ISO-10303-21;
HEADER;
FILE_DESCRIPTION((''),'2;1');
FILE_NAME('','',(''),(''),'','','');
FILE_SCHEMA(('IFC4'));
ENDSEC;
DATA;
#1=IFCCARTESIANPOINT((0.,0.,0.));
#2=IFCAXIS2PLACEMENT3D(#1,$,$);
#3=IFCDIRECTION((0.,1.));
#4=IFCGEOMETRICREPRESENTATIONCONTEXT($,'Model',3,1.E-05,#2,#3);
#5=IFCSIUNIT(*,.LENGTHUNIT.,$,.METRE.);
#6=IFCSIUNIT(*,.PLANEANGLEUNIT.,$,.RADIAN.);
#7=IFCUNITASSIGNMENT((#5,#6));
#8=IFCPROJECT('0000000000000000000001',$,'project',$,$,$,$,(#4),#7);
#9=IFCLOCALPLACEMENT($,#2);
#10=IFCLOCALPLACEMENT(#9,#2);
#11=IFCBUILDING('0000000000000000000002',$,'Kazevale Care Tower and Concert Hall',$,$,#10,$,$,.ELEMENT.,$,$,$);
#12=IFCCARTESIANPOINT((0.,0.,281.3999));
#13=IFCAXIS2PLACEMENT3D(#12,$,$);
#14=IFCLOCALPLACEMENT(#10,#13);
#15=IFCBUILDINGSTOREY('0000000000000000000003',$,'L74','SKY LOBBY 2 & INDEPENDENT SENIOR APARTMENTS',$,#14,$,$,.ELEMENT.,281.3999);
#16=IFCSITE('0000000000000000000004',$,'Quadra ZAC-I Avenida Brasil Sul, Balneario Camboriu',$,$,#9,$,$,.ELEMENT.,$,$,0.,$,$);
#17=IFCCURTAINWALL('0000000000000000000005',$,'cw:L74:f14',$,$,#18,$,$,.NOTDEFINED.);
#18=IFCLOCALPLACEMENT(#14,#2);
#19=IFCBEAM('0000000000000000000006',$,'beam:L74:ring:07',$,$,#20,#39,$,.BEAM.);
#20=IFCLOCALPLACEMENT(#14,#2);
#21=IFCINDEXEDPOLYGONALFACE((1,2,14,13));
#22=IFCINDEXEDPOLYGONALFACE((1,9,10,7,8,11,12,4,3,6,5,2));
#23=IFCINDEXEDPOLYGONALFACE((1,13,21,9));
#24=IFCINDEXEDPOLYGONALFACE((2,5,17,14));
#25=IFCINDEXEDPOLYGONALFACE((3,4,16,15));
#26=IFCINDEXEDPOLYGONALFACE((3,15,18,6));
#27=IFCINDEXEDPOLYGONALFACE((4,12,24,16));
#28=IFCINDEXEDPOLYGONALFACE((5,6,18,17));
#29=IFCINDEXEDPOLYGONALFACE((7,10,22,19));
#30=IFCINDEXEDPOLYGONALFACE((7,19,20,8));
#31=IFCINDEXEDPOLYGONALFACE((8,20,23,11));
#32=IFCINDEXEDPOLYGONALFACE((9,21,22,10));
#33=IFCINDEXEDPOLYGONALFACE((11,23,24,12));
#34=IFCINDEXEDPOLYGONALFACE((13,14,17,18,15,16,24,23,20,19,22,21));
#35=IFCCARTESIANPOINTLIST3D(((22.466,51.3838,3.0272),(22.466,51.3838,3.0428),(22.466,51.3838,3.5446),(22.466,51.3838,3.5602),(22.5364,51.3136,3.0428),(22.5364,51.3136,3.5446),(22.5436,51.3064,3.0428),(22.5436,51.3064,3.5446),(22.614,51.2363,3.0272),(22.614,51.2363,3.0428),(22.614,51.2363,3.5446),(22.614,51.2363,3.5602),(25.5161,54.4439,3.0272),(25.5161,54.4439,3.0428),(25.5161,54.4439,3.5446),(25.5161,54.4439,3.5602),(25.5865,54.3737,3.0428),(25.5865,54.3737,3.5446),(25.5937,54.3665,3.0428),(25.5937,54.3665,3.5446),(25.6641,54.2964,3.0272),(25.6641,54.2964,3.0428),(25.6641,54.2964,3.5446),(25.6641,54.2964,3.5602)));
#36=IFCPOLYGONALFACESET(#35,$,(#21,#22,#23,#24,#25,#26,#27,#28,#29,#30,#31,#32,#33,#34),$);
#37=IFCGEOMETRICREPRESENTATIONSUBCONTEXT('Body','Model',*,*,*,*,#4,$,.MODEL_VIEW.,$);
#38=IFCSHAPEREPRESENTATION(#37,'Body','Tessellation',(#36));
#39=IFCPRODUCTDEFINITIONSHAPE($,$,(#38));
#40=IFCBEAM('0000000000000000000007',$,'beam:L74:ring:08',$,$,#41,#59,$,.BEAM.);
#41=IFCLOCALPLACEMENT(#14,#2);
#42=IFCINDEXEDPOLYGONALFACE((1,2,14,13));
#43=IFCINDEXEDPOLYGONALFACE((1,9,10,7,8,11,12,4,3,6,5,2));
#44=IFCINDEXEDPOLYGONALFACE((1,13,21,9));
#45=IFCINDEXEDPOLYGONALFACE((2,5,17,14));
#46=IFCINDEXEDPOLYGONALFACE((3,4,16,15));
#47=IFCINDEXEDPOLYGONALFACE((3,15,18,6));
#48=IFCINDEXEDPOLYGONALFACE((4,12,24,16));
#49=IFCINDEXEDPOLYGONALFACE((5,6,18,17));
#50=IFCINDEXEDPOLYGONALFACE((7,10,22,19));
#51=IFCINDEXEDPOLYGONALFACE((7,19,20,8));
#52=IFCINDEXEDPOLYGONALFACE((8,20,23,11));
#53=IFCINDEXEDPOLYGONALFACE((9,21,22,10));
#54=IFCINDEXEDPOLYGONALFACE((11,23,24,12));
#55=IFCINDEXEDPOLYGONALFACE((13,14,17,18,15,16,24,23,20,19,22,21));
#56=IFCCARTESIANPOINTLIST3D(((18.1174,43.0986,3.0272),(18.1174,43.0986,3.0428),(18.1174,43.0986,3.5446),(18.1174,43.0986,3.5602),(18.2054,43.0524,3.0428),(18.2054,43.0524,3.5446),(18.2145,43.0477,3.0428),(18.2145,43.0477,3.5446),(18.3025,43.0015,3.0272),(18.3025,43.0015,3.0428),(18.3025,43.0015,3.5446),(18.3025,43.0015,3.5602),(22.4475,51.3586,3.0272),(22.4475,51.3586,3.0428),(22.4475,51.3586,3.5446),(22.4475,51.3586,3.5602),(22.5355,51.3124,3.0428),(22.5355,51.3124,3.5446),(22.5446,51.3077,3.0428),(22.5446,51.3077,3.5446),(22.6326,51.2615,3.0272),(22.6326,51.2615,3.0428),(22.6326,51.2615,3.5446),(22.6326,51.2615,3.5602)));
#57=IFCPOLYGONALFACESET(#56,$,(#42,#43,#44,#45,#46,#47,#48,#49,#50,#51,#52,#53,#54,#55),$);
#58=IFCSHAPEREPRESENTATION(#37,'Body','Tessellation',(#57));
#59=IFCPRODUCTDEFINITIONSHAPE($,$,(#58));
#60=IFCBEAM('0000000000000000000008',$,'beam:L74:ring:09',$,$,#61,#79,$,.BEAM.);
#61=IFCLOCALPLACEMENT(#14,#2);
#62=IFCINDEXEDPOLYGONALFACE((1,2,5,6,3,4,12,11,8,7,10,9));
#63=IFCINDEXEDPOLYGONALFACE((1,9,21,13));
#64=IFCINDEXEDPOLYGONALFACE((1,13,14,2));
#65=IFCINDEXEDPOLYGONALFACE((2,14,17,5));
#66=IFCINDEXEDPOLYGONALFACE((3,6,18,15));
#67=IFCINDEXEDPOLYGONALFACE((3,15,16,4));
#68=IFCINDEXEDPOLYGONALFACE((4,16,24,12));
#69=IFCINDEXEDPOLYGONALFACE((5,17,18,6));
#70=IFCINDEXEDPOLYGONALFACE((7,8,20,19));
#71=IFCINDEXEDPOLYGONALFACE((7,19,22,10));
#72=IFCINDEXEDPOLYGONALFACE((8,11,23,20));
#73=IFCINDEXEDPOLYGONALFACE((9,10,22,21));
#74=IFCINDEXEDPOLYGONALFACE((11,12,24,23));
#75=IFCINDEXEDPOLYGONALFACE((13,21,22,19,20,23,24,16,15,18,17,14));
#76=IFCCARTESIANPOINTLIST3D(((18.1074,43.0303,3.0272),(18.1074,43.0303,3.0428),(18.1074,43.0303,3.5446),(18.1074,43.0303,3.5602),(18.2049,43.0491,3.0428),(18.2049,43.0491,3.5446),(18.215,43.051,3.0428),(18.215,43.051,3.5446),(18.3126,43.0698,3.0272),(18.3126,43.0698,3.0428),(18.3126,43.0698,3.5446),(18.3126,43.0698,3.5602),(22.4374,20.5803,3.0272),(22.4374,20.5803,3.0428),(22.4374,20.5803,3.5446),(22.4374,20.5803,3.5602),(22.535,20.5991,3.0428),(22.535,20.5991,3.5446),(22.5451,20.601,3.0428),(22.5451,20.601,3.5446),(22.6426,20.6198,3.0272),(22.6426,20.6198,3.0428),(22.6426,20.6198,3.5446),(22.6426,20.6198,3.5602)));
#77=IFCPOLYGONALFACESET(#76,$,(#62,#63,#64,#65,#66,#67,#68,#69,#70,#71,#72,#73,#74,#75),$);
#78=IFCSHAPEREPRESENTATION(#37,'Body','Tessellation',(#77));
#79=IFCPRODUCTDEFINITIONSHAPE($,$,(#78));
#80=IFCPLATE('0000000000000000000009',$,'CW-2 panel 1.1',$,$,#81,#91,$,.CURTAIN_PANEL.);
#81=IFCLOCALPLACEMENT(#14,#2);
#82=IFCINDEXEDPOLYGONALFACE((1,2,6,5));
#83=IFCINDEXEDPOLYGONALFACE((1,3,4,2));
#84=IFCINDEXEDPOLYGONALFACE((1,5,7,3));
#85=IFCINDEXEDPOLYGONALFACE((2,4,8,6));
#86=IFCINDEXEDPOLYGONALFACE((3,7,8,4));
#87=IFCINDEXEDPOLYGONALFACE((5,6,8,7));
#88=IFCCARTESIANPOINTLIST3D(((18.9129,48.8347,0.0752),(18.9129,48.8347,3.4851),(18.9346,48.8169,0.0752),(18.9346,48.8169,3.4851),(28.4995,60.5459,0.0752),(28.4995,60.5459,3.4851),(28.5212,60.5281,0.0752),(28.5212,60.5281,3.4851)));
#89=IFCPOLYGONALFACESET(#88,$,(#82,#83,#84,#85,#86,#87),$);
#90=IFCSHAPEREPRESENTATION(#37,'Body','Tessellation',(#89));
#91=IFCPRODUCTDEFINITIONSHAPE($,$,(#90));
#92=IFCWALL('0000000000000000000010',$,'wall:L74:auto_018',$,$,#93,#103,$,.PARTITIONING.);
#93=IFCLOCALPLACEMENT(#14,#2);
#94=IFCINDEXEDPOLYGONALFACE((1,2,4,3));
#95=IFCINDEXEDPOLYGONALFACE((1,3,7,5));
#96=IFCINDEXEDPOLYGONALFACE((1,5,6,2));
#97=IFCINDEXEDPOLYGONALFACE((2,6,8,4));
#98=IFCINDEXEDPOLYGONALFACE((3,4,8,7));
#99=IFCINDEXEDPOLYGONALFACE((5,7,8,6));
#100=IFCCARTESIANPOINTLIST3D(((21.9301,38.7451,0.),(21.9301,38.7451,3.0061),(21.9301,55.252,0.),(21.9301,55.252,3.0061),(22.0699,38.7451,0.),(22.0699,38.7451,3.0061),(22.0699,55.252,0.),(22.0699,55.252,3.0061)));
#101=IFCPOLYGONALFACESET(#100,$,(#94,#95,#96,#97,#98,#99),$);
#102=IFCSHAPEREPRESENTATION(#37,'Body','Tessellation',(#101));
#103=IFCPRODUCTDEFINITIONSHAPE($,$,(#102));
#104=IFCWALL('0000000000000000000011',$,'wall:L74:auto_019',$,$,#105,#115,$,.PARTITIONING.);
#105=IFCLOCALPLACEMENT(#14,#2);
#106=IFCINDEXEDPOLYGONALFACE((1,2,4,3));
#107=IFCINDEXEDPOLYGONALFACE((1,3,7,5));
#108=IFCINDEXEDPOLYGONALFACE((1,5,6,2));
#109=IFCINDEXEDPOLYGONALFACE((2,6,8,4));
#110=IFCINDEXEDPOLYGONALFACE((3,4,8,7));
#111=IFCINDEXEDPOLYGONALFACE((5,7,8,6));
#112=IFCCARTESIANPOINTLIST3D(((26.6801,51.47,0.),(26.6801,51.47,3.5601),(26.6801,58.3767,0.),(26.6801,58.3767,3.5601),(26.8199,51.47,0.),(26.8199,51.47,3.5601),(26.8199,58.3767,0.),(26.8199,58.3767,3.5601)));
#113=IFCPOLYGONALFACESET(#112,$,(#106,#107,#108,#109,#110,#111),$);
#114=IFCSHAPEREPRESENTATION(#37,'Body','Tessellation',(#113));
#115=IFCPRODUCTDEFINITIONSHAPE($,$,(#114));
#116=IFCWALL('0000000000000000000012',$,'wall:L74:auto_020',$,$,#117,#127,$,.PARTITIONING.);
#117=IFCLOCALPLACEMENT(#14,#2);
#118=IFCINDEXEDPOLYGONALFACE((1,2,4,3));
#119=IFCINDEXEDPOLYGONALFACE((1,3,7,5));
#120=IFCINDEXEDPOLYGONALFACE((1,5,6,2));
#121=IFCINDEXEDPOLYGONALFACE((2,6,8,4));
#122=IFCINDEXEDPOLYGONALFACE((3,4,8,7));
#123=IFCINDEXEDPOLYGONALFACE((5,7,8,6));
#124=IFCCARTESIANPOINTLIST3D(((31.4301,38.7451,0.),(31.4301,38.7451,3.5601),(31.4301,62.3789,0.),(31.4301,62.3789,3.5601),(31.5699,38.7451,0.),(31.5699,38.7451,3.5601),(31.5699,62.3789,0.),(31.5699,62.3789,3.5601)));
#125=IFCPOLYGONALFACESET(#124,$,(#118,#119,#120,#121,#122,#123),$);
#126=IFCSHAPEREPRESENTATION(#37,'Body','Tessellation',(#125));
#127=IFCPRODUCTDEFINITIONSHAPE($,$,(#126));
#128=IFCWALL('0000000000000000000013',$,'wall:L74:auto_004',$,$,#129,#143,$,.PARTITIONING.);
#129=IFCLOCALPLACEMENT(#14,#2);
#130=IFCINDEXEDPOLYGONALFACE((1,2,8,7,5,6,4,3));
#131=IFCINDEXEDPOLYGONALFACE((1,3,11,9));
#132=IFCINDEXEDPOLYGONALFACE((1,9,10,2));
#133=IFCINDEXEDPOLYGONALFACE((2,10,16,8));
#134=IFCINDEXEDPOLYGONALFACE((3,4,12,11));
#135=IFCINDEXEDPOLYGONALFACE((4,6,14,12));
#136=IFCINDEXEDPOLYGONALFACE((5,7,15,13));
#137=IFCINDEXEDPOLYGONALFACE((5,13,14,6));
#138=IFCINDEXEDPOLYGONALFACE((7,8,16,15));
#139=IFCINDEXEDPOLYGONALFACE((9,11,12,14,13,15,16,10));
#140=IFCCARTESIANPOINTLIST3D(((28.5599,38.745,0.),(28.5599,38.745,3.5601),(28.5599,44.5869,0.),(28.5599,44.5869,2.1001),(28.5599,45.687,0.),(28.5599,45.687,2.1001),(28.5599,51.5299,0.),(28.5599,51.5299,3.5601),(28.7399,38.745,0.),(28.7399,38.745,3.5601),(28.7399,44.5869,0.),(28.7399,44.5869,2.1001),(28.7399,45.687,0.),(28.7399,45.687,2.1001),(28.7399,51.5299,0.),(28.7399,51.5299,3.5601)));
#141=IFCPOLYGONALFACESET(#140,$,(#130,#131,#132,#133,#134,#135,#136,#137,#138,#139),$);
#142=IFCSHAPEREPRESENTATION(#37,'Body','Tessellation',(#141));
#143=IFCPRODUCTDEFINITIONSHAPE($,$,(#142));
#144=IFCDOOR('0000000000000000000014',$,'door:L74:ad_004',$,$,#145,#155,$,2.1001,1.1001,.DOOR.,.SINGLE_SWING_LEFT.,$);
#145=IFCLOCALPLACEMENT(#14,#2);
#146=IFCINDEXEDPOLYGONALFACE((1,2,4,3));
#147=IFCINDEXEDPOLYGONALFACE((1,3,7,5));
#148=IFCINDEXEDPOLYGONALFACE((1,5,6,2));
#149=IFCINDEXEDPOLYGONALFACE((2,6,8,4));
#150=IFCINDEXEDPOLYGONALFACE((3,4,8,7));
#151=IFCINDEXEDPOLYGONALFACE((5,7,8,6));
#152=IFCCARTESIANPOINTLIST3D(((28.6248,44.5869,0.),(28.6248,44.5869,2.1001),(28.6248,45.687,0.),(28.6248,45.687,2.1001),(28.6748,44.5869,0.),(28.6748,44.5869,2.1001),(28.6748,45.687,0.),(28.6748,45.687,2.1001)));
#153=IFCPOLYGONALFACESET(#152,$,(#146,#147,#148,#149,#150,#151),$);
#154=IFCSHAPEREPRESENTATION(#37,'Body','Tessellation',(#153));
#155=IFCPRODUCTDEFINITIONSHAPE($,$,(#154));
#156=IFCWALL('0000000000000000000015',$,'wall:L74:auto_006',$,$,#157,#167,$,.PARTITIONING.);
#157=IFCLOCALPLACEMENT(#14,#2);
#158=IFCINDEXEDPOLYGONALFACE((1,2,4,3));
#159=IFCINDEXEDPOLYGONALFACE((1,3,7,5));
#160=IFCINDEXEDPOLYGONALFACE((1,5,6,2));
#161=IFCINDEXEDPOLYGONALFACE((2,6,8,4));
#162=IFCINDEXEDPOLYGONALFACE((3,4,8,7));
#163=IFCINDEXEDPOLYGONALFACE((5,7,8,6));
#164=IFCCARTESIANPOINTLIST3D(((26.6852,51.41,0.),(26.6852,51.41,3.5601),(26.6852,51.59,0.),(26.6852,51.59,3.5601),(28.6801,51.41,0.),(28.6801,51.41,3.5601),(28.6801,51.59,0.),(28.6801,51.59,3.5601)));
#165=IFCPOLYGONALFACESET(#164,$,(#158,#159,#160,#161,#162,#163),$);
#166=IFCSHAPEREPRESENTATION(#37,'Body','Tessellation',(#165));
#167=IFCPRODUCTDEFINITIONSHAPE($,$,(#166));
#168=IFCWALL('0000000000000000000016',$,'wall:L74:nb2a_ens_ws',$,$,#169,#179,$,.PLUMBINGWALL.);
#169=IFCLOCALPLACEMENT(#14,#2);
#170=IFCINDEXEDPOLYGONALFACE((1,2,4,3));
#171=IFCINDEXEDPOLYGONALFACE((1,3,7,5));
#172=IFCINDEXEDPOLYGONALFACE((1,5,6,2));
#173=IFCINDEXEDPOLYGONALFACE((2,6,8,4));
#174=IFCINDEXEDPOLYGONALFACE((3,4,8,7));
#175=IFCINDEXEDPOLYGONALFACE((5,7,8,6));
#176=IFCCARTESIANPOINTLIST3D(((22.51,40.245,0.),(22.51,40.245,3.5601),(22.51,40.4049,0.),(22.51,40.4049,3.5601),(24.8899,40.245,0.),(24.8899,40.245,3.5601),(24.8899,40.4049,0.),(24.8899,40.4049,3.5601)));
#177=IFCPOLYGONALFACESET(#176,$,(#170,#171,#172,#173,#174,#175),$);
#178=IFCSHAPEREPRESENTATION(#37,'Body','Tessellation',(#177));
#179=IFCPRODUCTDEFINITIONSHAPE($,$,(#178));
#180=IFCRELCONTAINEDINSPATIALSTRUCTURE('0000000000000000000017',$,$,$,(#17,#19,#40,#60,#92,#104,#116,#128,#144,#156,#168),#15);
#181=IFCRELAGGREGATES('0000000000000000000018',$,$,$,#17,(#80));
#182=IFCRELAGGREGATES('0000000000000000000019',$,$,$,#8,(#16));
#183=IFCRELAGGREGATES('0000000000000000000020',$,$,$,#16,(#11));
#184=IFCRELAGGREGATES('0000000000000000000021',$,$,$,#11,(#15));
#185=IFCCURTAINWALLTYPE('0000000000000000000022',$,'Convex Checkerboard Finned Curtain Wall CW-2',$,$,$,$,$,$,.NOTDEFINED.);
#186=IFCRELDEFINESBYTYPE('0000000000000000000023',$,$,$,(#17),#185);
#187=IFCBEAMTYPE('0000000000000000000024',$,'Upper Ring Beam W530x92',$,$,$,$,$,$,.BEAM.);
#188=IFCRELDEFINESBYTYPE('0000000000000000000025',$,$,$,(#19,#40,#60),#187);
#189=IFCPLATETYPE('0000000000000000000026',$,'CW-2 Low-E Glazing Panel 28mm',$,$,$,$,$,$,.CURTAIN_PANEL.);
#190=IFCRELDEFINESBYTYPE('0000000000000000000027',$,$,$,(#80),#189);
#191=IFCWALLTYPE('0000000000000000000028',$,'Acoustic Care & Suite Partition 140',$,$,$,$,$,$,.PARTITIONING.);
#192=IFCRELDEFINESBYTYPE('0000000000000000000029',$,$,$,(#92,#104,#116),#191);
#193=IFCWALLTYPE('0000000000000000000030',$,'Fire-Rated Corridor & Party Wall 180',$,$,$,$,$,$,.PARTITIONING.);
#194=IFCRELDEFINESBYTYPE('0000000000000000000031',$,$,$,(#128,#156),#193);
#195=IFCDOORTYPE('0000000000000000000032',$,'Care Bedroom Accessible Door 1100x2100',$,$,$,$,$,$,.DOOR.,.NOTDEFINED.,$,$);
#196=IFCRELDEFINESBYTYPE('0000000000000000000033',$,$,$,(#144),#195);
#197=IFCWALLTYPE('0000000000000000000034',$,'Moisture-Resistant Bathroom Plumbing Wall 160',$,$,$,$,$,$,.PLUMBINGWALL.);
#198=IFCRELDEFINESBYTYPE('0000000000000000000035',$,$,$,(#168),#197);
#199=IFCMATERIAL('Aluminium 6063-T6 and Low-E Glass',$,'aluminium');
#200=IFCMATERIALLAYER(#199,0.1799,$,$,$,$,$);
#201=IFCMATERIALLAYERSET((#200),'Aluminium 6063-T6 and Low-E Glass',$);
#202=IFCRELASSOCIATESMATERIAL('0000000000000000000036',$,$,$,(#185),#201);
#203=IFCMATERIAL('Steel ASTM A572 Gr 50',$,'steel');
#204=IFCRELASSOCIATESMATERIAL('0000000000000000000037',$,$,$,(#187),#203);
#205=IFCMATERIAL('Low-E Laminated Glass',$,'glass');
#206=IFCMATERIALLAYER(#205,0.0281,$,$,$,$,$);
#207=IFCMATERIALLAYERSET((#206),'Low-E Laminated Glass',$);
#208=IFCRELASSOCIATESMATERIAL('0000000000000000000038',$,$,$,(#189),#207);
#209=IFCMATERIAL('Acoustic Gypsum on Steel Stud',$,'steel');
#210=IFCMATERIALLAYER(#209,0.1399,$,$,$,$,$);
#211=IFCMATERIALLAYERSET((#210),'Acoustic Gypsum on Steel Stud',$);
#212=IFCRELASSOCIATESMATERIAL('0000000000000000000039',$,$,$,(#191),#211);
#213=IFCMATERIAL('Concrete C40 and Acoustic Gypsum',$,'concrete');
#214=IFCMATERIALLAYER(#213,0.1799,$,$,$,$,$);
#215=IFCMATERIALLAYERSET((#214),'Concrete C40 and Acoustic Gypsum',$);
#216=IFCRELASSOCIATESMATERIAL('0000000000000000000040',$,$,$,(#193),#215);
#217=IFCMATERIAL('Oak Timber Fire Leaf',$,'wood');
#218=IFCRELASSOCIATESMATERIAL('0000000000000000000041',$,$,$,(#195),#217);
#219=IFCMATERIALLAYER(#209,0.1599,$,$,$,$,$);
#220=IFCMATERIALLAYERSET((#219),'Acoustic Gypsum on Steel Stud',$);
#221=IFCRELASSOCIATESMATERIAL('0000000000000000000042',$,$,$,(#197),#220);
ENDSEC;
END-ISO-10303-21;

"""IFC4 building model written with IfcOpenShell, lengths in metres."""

from ifc_helpers import new_model, si_unit, direction, frame, frame_2d, origin, origin_2d, place, context, subcontext, project, spatial, rectangle, i_section, extrude, material, layer, layer_set, material_profile, profile_set, type_object, element, fill, aggregate, save


model = new_model("IFC4")

# Units and contexts
model_context = context("Model", 3, precision=1e-05, world=origin(), true_north=direction((0.0, 1.0)))
body_context = subcontext(model_context, "Body", "Model", "MODEL_VIEW")
ifc_project = project(units=[si_unit("LENGTHUNIT", "METRE"), si_unit("PLANEANGLEUNIT", "RADIAN")], contexts=[model_context])

# Site, building, storey
site_placement = place(None, origin())
site = spatial("IfcSite", under=ifc_project, at=site_placement, Name="Quadra ZAC-I Avenida Brasil Sul, Balneario Camboriu", CompositionType="ELEMENT", RefElevation=0.0)
building_placement = place(site_placement, origin())
building = spatial("IfcBuilding", under=site, at=building_placement, Name="Kazevale Care Tower and Concert Hall", CompositionType="ELEMENT")
storey_placement = place(building_placement, frame((0.0, 0.0, 281.3999)))
storey = spatial("IfcBuildingStorey", under=building, at=storey_placement, Name="L74", Description="SKY LOBBY 2 & INDEPENDENT SENIOR APARTMENTS", CompositionType="ELEMENT", Elevation=281.3999)

# Curtain wall
ifc_material_1 = material(Name="Aluminium 6063-T6 and Low-E Glass", Category="aluminium")
ifc_layer_1 = layer(ifc_material_1, 0.1799)
ifc_layer_set_1 = layer_set([ifc_layer_1], Name="Aluminium 6063-T6 and Low-E Glass")
curtain_wall_type_1 = type_object("IfcCurtainWallType", Name="Convex Checkerboard Finned Curtain Wall CW-2", PredefinedType="NOTDEFINED", material=ifc_layer_set_1)
curtain_wall_1_placement = place(storey_placement, origin())
curtain_wall_1 = element("IfcCurtainWall", 1, at=curtain_wall_1_placement, inside=storey, type_object=curtain_wall_type_1, Name="cw:L74:f14", PredefinedType="NOTDEFINED")

# Beams
ifc_material_2 = material(Name="Steel ASTM A572 Gr 50", Category="steel")
ifc_material_profile_1 = material_profile(ifc_material_2, i_section(OverallWidth=0.209, OverallDepth=0.533, WebThickness=0.0103, FlangeThickness=0.0156, at=origin_2d()), Name="W530x92")
ifc_profile_set_1 = profile_set([ifc_material_profile_1], Name="Steel ASTM A572 Gr 50")
beam_type_1 = type_object("IfcBeamType", Name="Upper Ring Beam W530x92", PredefinedType="BEAM", material=ifc_profile_set_1)
beam_1_placement = place(storey_placement, frame((25.5901, 54.3701, 3.2937), z_axis=(-0.705947, -0.708264, 0.0), x_axis=(0.708264, -0.705947, 0.0)))
element("IfcBeam", 2, at=beam_1_placement, inside=storey, type_object=beam_type_1, Name="beam:L74:ring:07", PredefinedType="BEAM", context=body_context, shape_type="SweptSolid", body=[
    extrude(i_section(OverallWidth=0.209, OverallDepth=0.533, WebThickness=0.0103, FlangeThickness=0.0156, at=origin_2d()), origin(), (0.0, 0.0, 1.0), 4.3206),
])
beam_2_placement = place(storey_placement, frame((22.54, 51.3101, 3.2937), z_axis=(-0.464294, -0.885681, 0.0), x_axis=(0.885681, -0.464294, 0.0)))
element("IfcBeam", 3, at=beam_2_placement, inside=storey, type_object=beam_type_1, Name="beam:L74:ring:08", PredefinedType="BEAM", context=body_context, shape_type="SweptSolid", body=[
    extrude(i_section(OverallWidth=0.209, OverallDepth=0.533, WebThickness=0.0103, FlangeThickness=0.0156, at=origin_2d()), origin(), (0.0, 0.0, 1.0), 9.3262),
])
beam_3_placement = place(storey_placement, frame((18.21, 43.05, 3.2937), z_axis=(0.189386, -0.981903, 0.0), x_axis=(0.981903, 0.189386, 0.0)))
element("IfcBeam", 4, at=beam_3_placement, inside=storey, type_object=beam_type_1, Name="beam:L74:ring:09", PredefinedType="BEAM", context=body_context, shape_type="SweptSolid", body=[
    extrude(i_section(OverallWidth=0.209, OverallDepth=0.533, WebThickness=0.0103, FlangeThickness=0.0156, at=origin_2d()), origin(), (0.0, 0.0, 1.0), 22.8638),
])

# Plate
ifc_material_3 = material(Name="Low-E Laminated Glass", Category="glass")
ifc_layer_2 = layer(ifc_material_3, 0.0281)
ifc_layer_set_2 = layer_set([ifc_layer_2], Name="Low-E Laminated Glass")
plate_type = type_object("IfcPlateType", Name="CW-2 Low-E Glazing Panel 28mm", PredefinedType="CURTAIN_PANEL", material=ifc_layer_set_2)
plate_placement = place(storey_placement, frame((23.717, 54.6814, 0.0752), z_axis=(0.0, 0.0, 1.0), x_axis=(0.633426, 0.773803, 0.0)))
plate = element("IfcPlate", 5, at=plate_placement, type_object=plate_type, Name="CW-2 panel 1.1", PredefinedType="CURTAIN_PANEL", context=body_context, shape_type="SweptSolid", body=[
    extrude(rectangle(XDim=15.1345, YDim=0.0281, at=origin_2d()), origin(), (0.0, 0.0, 1.0), 3.4099),
])
aggregate(curtain_wall_1, [plate])

# Walls
ifc_material_4 = material(Name="Acoustic Gypsum on Steel Stud", Category="steel")
ifc_layer_3 = layer(ifc_material_4, 0.1399)
ifc_layer_set_3 = layer_set([ifc_layer_3], Name="Acoustic Gypsum on Steel Stud")
wall_type_1 = type_object("IfcWallType", Name="Acoustic Care & Suite Partition 140", PredefinedType="PARTITIONING", material=ifc_layer_set_3)
wall_1_placement = place(storey_placement, frame((22.0, 55.252, 0.0), z_axis=(0.0, 0.0, 1.0), x_axis=(0.0, -1.0, 0.0)))
element("IfcWall", 6, at=wall_1_placement, inside=storey, type_object=wall_type_1, Name="wall:L74:auto_018", PredefinedType="PARTITIONING", context=body_context, shape_type="SweptSolid", body=[
    extrude(rectangle(XDim=16.5068, YDim=0.1399, at=frame_2d((8.2534, 0.0))), origin(), (0.0, 0.0, 1.0), 3.0061),
])
wall_2_placement = place(storey_placement, frame((26.75, 58.3767, 0.0), z_axis=(0.0, 0.0, 1.0), x_axis=(0.0, -1.0, 0.0)))
element("IfcWall", 7, at=wall_2_placement, inside=storey, type_object=wall_type_1, Name="wall:L74:auto_019", PredefinedType="PARTITIONING", context=body_context, shape_type="SweptSolid", body=[
    extrude(rectangle(XDim=6.9067, YDim=0.1399, at=frame_2d((3.4534, 0.0))), origin(), (0.0, 0.0, 1.0), 3.5601),
])
wall_3_placement = place(storey_placement, frame((31.5, 62.3789, 0.0), z_axis=(0.0, 0.0, 1.0), x_axis=(0.0, -1.0, 0.0)))
element("IfcWall", 8, at=wall_3_placement, inside=storey, type_object=wall_type_1, Name="wall:L74:auto_020", PredefinedType="PARTITIONING", context=body_context, shape_type="SweptSolid", body=[
    extrude(rectangle(XDim=23.6338, YDim=0.1399, at=frame_2d((11.8169, 0.0))), origin(), (0.0, 0.0, 1.0), 3.5601),
])

# Wall, opening, door
ifc_material_5 = material(Name="Concrete C40 and Acoustic Gypsum", Category="concrete")
ifc_layer_4 = layer(ifc_material_5, 0.1799)
ifc_layer_set_4 = layer_set([ifc_layer_4], Name="Concrete C40 and Acoustic Gypsum")
wall_type_2 = type_object("IfcWallType", Name="Fire-Rated Corridor & Party Wall 180", PredefinedType="PARTITIONING", material=ifc_layer_set_4)
wall_4_placement = place(storey_placement, frame((28.6499, 51.53, 0.0), z_axis=(0.0, 0.0, 1.0), x_axis=(0.0, -1.0, 0.0)))
wall_4 = element("IfcWall", 9, at=wall_4_placement, inside=storey, type_object=wall_type_2, Name="wall:L74:auto_004", PredefinedType="PARTITIONING", context=body_context, shape_type="SweptSolid", body=[
    extrude(rectangle(XDim=12.7849, YDim=0.1799, at=frame_2d((6.3926, 0.0))), origin(), (0.0, 0.0, 1.0), 3.5601),
])
opening_1_placement = place(wall_4_placement, frame((5.843, 0.0, 0.0)))
opening_1 = element("IfcOpeningElement", 10, at=opening_1_placement, cuts=wall_4, PredefinedType="OPENING", context=body_context, shape_type="SweptSolid", body=[
    extrude(rectangle(XDim=1.1001, YDim=2.1001, at=frame_2d((0.55, 1.05))), frame((0.0, 0.0999, 0.0), z_axis=(0.0, -1.0, 0.0), x_axis=(1.0, 0.0, 0.0)), (0.0, 0.0, 1.0), 0.2),
])
ifc_material_6 = material(Name="Oak Timber Fire Leaf", Category="wood")
door_type_1 = type_object("IfcDoorType", Name="Care Bedroom Accessible Door 1100x2100", OperationType="NOTDEFINED", PredefinedType="DOOR", material=ifc_material_6)
door_1_placement = place(opening_1_placement, origin())
door_1 = element("IfcDoor", 11, at=door_1_placement, inside=storey, type_object=door_type_1, Name="door:L74:ad_004", OperationType="SINGLE_SWING_LEFT", OverallHeight=2.1001, OverallWidth=1.1001, PredefinedType="DOOR", context=body_context, shape_type="SweptSolid", body=[
    extrude(rectangle(XDim=1.1001, YDim=2.1001, at=frame_2d((0.55, 1.05))), frame((0.0, 0.0249, 0.0), z_axis=(0.0, -1.0, 0.0), x_axis=(1.0, 0.0, 0.0)), (0.0, 0.0, 1.0), 0.05),
])
fill(opening_1, door_1)

# Walls
wall_5_placement = place(storey_placement, frame((26.6851, 51.5, 0.0), z_axis=(0.0, 0.0, 1.0), x_axis=(1.0, 0.0, 0.0)))
element("IfcWall", 12, at=wall_5_placement, inside=storey, type_object=wall_type_2, Name="wall:L74:auto_006", PredefinedType="PARTITIONING", context=body_context, shape_type="SweptSolid", body=[
    extrude(rectangle(XDim=1.9949, YDim=0.1799, at=frame_2d((0.9976, 0.0))), origin(), (0.0, 0.0, 1.0), 3.5601),
])
ifc_layer_5 = layer(ifc_material_4, 0.1599)
ifc_layer_set_5 = layer_set([ifc_layer_5], Name="Acoustic Gypsum on Steel Stud")
wall_type_3 = type_object("IfcWallType", Name="Moisture-Resistant Bathroom Plumbing Wall 160", PredefinedType="PLUMBINGWALL", material=ifc_layer_set_5)
wall_6_placement = place(storey_placement, frame((22.51, 40.325, 0.0), z_axis=(0.0, 0.0, 1.0), x_axis=(1.0, 0.0, 0.0)))
element("IfcWall", 13, at=wall_6_placement, inside=storey, type_object=wall_type_3, Name="wall:L74:nb2a_ens_ws", PredefinedType="PLUMBINGWALL", context=body_context, shape_type="SweptSolid", body=[
    extrude(rectangle(XDim=2.3799, YDim=0.1599, at=frame_2d((1.1899, 0.0))), origin(), (0.0, 0.0, 1.0), 3.5601),
])

save(model, "model.ifc")
